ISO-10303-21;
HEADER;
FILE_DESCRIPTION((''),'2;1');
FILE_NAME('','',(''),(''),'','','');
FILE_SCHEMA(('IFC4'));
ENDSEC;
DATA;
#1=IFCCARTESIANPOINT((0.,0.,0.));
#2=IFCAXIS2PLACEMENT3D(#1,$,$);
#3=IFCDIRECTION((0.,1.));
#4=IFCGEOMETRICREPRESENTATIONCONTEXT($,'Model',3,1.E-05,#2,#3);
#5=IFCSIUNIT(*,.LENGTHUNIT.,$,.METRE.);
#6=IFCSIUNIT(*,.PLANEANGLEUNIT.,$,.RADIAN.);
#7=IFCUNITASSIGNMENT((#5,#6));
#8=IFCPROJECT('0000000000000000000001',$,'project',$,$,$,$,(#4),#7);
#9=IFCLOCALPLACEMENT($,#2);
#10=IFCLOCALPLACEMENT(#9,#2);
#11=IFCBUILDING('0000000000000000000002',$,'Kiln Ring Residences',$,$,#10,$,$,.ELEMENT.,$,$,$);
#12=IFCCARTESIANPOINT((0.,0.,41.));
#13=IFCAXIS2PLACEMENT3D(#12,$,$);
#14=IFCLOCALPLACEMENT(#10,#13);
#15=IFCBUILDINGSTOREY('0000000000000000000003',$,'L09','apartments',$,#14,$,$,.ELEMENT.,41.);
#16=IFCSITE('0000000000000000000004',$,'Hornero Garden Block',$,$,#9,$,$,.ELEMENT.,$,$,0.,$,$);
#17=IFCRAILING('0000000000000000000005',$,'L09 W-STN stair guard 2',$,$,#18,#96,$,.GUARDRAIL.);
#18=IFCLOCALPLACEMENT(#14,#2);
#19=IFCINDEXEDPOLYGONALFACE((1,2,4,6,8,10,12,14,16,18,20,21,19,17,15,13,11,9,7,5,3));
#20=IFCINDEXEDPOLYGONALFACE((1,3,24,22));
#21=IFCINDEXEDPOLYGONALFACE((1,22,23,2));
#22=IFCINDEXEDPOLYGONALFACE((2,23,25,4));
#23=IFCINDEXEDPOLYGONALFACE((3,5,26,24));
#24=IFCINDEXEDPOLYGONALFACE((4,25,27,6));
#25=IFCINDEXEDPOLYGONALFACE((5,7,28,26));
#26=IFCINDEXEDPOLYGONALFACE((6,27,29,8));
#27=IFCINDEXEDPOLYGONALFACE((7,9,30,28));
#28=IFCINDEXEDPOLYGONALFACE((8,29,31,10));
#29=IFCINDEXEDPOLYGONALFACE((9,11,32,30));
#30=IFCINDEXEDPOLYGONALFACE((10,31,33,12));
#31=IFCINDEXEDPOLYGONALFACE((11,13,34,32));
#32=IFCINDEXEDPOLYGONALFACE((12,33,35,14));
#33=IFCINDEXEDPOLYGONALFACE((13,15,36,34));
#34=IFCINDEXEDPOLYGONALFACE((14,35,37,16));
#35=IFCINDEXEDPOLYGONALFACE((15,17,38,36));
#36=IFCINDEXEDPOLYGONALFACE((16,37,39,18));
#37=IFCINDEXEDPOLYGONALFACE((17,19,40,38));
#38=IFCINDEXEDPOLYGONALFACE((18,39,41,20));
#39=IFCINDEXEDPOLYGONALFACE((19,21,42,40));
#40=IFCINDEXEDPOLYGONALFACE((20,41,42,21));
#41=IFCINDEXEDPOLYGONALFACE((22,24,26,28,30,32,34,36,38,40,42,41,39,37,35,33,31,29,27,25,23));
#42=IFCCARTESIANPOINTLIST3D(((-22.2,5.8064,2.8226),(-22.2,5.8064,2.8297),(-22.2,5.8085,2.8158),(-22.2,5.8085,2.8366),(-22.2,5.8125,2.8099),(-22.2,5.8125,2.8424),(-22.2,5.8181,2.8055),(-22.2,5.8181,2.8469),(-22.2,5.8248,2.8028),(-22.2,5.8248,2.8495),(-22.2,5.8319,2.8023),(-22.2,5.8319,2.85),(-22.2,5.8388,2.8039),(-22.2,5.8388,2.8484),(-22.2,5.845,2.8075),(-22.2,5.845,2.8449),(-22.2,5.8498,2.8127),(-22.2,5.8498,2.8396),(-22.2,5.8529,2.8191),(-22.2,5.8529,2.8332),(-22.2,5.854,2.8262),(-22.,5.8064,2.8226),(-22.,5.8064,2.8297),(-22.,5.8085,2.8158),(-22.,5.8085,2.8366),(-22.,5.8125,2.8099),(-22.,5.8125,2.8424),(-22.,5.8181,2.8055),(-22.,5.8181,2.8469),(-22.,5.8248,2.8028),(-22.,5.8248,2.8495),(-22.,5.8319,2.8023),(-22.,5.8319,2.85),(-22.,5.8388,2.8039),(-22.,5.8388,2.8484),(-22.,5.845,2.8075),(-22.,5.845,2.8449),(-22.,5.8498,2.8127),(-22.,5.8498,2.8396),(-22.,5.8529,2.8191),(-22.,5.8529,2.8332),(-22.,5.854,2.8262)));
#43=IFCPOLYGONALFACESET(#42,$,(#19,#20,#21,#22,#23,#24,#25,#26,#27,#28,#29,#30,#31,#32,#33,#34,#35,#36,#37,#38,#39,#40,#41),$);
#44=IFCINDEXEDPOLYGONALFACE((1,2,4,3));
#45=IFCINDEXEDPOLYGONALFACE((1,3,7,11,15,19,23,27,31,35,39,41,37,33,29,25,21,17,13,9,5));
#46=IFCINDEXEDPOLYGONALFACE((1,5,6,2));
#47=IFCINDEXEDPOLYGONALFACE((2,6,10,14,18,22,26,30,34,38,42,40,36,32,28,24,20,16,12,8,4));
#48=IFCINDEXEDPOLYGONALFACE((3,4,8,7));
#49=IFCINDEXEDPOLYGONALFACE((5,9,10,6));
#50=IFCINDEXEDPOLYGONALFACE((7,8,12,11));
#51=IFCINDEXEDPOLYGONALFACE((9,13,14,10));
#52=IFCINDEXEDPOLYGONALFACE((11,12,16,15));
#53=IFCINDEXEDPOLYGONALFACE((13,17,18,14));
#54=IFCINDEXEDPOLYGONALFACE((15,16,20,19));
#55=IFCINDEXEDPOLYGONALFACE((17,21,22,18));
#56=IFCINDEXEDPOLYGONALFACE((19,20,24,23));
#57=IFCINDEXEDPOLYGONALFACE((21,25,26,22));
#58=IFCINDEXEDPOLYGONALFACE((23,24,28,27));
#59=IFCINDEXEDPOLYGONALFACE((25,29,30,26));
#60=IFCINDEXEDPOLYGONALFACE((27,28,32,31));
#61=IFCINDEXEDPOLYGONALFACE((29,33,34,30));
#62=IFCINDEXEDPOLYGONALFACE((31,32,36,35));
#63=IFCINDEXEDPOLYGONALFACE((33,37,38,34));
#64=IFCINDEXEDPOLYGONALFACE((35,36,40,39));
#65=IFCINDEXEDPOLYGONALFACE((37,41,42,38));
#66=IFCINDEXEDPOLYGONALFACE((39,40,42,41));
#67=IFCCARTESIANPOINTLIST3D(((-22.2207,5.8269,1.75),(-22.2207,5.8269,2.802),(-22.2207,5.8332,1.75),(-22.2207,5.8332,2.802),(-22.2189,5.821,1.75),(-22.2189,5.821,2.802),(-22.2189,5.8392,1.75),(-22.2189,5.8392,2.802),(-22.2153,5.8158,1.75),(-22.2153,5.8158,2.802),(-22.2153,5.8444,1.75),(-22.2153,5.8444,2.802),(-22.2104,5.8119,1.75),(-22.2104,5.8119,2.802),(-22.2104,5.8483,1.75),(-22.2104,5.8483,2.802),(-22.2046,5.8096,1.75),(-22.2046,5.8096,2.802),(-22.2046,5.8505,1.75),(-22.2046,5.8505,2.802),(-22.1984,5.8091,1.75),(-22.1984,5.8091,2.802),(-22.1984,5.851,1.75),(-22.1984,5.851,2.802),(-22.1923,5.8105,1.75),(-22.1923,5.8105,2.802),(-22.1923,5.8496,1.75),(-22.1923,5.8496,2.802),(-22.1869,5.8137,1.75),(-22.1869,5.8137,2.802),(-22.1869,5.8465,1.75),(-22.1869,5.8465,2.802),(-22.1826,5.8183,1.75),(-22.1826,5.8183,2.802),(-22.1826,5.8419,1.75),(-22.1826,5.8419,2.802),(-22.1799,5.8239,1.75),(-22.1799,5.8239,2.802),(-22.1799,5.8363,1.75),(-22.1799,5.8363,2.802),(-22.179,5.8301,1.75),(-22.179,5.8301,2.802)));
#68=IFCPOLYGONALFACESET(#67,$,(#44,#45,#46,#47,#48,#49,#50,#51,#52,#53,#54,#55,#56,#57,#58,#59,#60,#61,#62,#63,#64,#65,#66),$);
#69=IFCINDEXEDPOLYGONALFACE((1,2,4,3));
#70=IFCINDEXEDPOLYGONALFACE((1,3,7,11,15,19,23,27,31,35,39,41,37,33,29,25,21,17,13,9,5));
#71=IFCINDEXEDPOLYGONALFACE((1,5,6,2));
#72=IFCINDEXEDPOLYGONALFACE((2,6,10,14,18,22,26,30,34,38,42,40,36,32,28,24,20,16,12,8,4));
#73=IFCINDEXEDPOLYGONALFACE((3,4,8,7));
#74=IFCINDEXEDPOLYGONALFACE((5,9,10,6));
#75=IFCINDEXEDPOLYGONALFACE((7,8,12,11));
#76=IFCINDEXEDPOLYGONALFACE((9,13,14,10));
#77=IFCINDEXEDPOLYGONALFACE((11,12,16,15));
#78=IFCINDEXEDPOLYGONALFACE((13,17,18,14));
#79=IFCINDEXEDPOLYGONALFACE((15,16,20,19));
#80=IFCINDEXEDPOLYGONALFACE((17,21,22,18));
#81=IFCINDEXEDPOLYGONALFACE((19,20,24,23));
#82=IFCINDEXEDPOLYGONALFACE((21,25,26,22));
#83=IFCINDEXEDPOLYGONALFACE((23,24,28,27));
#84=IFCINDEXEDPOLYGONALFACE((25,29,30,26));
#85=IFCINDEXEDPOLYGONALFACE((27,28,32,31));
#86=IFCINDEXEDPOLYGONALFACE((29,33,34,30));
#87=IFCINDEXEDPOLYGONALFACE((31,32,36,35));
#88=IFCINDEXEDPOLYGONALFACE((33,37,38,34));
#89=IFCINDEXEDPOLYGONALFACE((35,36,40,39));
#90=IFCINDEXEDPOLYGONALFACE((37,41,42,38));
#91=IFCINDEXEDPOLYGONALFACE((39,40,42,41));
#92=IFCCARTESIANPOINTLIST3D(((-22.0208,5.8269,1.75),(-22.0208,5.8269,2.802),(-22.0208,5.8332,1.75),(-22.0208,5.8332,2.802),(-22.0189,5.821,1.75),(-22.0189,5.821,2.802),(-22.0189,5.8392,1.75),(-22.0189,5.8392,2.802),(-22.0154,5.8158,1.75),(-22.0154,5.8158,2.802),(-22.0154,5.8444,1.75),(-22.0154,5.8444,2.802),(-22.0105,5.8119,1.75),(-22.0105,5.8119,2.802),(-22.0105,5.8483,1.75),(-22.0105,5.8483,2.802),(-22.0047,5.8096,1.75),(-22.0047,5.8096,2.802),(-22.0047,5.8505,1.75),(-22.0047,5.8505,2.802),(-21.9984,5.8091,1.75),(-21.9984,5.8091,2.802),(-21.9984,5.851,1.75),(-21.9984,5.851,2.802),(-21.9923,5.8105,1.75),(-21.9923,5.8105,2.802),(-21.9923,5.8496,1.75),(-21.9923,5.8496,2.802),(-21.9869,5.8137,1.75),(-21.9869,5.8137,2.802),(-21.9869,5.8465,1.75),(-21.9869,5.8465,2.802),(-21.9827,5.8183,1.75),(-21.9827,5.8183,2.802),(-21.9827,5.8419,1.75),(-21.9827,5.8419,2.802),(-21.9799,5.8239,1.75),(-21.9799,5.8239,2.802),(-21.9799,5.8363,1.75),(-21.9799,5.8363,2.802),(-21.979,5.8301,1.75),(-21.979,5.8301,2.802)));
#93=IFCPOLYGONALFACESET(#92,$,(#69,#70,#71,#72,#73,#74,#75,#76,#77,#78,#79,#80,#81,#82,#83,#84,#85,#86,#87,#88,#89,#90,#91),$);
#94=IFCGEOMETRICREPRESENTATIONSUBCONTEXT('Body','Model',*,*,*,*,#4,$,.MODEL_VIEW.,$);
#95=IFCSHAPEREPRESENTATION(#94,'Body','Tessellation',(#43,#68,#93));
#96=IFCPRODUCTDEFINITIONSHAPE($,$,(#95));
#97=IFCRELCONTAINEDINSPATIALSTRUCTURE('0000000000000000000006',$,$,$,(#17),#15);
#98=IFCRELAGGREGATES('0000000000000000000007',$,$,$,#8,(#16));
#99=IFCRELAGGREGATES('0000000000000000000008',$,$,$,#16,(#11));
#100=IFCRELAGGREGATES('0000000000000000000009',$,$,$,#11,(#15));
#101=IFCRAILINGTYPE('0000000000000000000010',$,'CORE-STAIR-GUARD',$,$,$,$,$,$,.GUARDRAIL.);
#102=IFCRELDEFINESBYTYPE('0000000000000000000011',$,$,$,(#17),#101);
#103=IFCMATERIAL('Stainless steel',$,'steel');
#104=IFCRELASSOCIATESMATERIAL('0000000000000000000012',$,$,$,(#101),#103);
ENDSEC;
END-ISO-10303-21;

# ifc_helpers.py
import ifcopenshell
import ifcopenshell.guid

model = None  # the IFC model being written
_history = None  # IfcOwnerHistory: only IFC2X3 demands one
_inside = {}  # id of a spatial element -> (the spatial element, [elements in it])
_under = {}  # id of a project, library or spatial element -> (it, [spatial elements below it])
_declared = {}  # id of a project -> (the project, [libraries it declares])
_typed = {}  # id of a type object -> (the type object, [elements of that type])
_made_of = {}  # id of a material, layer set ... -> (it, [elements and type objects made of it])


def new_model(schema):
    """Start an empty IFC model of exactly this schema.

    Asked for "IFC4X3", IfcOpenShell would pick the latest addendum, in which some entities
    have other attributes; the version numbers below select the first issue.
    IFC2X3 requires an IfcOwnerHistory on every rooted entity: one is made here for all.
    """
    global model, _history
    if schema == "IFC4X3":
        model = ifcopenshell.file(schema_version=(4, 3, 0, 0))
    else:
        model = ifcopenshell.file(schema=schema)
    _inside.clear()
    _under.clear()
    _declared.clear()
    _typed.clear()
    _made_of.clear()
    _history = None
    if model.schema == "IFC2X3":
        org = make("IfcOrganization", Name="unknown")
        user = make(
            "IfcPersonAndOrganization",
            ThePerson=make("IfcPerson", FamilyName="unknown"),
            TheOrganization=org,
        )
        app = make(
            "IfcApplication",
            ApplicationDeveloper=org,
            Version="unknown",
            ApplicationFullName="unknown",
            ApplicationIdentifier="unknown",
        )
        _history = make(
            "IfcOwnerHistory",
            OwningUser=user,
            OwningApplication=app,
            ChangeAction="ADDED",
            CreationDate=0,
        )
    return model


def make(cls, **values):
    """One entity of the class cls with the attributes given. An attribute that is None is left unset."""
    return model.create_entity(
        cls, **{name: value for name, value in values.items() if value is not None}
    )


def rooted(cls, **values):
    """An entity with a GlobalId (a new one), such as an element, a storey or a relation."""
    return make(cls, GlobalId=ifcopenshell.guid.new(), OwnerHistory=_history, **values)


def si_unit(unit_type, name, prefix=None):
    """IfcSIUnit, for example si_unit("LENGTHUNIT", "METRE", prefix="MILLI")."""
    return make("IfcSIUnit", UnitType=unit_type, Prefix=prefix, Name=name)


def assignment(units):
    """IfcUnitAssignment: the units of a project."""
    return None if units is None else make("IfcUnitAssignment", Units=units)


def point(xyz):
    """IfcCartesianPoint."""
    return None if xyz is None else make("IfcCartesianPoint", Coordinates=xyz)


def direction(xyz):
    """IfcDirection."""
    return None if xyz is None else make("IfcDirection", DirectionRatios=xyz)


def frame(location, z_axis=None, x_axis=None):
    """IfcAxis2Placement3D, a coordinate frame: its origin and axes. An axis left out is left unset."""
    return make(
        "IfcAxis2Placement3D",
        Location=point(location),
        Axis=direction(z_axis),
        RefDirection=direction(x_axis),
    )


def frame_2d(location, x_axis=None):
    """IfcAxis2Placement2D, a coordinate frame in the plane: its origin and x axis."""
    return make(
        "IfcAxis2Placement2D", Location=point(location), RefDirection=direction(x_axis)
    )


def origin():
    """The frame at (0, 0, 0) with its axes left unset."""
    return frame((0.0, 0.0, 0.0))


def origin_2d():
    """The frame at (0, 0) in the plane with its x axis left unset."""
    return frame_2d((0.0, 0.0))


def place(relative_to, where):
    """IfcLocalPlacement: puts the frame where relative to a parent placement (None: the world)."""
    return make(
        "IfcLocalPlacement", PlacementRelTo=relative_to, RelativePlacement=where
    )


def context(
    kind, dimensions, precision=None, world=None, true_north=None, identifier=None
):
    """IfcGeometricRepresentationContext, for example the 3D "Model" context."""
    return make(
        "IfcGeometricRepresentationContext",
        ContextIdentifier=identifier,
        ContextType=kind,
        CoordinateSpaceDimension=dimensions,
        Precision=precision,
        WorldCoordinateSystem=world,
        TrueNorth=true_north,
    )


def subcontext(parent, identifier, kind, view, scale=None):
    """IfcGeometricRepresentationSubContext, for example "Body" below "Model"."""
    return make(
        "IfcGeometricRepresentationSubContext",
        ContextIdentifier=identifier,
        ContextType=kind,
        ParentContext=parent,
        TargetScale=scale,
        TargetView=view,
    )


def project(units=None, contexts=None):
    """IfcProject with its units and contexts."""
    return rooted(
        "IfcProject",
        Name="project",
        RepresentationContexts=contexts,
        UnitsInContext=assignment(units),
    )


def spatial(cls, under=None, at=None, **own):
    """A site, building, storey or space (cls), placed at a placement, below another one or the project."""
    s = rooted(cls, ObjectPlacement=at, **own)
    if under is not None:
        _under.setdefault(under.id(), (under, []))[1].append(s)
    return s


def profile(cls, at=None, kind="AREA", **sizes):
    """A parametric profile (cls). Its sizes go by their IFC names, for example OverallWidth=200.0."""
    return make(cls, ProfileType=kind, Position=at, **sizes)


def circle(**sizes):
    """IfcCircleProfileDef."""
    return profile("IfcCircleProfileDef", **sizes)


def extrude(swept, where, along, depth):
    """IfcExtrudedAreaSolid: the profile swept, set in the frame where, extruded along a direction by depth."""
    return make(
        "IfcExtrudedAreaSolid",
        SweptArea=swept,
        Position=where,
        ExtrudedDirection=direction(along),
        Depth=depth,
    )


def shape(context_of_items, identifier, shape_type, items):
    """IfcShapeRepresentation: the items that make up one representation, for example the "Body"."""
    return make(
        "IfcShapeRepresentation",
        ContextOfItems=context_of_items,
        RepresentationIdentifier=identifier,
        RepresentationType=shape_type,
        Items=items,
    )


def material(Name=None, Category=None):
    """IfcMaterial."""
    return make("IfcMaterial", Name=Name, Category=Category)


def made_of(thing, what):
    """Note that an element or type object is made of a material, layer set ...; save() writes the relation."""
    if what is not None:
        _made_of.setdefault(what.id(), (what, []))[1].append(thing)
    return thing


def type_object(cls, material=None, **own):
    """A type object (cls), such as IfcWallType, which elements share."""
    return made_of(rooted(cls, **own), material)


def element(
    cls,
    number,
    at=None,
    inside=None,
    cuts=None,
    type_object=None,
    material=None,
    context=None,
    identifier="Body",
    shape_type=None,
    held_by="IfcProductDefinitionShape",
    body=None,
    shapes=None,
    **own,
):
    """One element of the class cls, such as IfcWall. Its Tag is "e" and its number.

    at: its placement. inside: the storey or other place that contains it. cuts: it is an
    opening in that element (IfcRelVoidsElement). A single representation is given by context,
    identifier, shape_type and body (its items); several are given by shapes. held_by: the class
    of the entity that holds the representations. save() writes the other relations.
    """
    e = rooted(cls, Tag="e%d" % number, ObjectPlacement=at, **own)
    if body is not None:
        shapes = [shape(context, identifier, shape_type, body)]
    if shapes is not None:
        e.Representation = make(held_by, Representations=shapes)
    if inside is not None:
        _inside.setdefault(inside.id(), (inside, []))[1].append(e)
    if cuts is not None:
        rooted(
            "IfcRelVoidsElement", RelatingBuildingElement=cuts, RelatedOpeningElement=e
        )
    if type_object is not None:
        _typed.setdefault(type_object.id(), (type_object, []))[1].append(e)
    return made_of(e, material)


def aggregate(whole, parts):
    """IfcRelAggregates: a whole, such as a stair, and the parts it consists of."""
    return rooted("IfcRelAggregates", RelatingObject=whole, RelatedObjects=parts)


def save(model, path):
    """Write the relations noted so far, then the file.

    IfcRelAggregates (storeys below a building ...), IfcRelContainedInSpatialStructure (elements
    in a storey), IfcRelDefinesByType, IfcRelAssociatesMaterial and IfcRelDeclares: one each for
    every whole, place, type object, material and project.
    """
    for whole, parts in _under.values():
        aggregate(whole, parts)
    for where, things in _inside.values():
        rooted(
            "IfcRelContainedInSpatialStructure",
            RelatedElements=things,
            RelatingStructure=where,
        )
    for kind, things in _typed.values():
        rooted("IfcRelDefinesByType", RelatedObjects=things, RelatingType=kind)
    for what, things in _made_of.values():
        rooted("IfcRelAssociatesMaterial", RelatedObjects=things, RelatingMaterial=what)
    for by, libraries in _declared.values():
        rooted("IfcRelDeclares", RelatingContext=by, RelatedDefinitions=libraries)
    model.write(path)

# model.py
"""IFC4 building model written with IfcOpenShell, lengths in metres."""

from ifc_helpers import new_model, si_unit, direction, frame, origin, origin_2d, place, context, subcontext, project, spatial, circle, extrude, material, type_object, element, save


model = new_model("IFC4")

# Units and contexts
model_context = context("Model", 3, precision=1e-05, world=origin(), true_north=direction((0.0, 1.0)))
body_context = subcontext(model_context, "Body", "Model", "MODEL_VIEW")
ifc_project = project(units=[si_unit("LENGTHUNIT", "METRE"), si_unit("PLANEANGLEUNIT", "RADIAN")], contexts=[model_context])

# Site, building, storey
site_placement = place(None, origin())
site = spatial("IfcSite", under=ifc_project, at=site_placement, Name="Hornero Garden Block", CompositionType="ELEMENT", RefElevation=0.0)
building_placement = place(site_placement, origin())
building = spatial("IfcBuilding", under=site, at=building_placement, Name="Kiln Ring Residences", CompositionType="ELEMENT")
storey_placement = place(building_placement, frame((0.0, 0.0, 41.0)))
storey = spatial("IfcBuildingStorey", under=building, at=storey_placement, Name="L09", Description="apartments", CompositionType="ELEMENT", Elevation=41.0)

# Railing
ifc_material_1 = material(Name="Stainless steel", Category="steel")
railing_type_1 = type_object("IfcRailingType", Name="CORE-STAIR-GUARD", PredefinedType="GUARDRAIL", material=ifc_material_1)
railing_1_placement = place(storey_placement, frame((-22.2, 5.8301, 1.75)))
element("IfcRailing", 1, at=railing_1_placement, inside=storey, type_object=railing_type_1, Name="L09 W-STN stair guard 2", PredefinedType="GUARDRAIL", context=body_context, shape_type="SweptSolid", body=[
    extrude(circle(Radius=0.0239, at=origin_2d()), frame((0.0, 0.0, 1.0762), z_axis=(1.0, 0.0, 0.0), x_axis=(0.0, 1.0, 0.0)), (0.0, 0.0, 1.0), 0.2),
    extrude(circle(Radius=0.021, at=origin_2d()), origin(), (0.0, 0.0, 1.0), 1.052),
    extrude(circle(Radius=0.021, at=origin_2d()), frame((0.2, 0.0, 0.0)), (0.0, 0.0, 1.0), 1.052),
])

save(model, "model.ifc")
